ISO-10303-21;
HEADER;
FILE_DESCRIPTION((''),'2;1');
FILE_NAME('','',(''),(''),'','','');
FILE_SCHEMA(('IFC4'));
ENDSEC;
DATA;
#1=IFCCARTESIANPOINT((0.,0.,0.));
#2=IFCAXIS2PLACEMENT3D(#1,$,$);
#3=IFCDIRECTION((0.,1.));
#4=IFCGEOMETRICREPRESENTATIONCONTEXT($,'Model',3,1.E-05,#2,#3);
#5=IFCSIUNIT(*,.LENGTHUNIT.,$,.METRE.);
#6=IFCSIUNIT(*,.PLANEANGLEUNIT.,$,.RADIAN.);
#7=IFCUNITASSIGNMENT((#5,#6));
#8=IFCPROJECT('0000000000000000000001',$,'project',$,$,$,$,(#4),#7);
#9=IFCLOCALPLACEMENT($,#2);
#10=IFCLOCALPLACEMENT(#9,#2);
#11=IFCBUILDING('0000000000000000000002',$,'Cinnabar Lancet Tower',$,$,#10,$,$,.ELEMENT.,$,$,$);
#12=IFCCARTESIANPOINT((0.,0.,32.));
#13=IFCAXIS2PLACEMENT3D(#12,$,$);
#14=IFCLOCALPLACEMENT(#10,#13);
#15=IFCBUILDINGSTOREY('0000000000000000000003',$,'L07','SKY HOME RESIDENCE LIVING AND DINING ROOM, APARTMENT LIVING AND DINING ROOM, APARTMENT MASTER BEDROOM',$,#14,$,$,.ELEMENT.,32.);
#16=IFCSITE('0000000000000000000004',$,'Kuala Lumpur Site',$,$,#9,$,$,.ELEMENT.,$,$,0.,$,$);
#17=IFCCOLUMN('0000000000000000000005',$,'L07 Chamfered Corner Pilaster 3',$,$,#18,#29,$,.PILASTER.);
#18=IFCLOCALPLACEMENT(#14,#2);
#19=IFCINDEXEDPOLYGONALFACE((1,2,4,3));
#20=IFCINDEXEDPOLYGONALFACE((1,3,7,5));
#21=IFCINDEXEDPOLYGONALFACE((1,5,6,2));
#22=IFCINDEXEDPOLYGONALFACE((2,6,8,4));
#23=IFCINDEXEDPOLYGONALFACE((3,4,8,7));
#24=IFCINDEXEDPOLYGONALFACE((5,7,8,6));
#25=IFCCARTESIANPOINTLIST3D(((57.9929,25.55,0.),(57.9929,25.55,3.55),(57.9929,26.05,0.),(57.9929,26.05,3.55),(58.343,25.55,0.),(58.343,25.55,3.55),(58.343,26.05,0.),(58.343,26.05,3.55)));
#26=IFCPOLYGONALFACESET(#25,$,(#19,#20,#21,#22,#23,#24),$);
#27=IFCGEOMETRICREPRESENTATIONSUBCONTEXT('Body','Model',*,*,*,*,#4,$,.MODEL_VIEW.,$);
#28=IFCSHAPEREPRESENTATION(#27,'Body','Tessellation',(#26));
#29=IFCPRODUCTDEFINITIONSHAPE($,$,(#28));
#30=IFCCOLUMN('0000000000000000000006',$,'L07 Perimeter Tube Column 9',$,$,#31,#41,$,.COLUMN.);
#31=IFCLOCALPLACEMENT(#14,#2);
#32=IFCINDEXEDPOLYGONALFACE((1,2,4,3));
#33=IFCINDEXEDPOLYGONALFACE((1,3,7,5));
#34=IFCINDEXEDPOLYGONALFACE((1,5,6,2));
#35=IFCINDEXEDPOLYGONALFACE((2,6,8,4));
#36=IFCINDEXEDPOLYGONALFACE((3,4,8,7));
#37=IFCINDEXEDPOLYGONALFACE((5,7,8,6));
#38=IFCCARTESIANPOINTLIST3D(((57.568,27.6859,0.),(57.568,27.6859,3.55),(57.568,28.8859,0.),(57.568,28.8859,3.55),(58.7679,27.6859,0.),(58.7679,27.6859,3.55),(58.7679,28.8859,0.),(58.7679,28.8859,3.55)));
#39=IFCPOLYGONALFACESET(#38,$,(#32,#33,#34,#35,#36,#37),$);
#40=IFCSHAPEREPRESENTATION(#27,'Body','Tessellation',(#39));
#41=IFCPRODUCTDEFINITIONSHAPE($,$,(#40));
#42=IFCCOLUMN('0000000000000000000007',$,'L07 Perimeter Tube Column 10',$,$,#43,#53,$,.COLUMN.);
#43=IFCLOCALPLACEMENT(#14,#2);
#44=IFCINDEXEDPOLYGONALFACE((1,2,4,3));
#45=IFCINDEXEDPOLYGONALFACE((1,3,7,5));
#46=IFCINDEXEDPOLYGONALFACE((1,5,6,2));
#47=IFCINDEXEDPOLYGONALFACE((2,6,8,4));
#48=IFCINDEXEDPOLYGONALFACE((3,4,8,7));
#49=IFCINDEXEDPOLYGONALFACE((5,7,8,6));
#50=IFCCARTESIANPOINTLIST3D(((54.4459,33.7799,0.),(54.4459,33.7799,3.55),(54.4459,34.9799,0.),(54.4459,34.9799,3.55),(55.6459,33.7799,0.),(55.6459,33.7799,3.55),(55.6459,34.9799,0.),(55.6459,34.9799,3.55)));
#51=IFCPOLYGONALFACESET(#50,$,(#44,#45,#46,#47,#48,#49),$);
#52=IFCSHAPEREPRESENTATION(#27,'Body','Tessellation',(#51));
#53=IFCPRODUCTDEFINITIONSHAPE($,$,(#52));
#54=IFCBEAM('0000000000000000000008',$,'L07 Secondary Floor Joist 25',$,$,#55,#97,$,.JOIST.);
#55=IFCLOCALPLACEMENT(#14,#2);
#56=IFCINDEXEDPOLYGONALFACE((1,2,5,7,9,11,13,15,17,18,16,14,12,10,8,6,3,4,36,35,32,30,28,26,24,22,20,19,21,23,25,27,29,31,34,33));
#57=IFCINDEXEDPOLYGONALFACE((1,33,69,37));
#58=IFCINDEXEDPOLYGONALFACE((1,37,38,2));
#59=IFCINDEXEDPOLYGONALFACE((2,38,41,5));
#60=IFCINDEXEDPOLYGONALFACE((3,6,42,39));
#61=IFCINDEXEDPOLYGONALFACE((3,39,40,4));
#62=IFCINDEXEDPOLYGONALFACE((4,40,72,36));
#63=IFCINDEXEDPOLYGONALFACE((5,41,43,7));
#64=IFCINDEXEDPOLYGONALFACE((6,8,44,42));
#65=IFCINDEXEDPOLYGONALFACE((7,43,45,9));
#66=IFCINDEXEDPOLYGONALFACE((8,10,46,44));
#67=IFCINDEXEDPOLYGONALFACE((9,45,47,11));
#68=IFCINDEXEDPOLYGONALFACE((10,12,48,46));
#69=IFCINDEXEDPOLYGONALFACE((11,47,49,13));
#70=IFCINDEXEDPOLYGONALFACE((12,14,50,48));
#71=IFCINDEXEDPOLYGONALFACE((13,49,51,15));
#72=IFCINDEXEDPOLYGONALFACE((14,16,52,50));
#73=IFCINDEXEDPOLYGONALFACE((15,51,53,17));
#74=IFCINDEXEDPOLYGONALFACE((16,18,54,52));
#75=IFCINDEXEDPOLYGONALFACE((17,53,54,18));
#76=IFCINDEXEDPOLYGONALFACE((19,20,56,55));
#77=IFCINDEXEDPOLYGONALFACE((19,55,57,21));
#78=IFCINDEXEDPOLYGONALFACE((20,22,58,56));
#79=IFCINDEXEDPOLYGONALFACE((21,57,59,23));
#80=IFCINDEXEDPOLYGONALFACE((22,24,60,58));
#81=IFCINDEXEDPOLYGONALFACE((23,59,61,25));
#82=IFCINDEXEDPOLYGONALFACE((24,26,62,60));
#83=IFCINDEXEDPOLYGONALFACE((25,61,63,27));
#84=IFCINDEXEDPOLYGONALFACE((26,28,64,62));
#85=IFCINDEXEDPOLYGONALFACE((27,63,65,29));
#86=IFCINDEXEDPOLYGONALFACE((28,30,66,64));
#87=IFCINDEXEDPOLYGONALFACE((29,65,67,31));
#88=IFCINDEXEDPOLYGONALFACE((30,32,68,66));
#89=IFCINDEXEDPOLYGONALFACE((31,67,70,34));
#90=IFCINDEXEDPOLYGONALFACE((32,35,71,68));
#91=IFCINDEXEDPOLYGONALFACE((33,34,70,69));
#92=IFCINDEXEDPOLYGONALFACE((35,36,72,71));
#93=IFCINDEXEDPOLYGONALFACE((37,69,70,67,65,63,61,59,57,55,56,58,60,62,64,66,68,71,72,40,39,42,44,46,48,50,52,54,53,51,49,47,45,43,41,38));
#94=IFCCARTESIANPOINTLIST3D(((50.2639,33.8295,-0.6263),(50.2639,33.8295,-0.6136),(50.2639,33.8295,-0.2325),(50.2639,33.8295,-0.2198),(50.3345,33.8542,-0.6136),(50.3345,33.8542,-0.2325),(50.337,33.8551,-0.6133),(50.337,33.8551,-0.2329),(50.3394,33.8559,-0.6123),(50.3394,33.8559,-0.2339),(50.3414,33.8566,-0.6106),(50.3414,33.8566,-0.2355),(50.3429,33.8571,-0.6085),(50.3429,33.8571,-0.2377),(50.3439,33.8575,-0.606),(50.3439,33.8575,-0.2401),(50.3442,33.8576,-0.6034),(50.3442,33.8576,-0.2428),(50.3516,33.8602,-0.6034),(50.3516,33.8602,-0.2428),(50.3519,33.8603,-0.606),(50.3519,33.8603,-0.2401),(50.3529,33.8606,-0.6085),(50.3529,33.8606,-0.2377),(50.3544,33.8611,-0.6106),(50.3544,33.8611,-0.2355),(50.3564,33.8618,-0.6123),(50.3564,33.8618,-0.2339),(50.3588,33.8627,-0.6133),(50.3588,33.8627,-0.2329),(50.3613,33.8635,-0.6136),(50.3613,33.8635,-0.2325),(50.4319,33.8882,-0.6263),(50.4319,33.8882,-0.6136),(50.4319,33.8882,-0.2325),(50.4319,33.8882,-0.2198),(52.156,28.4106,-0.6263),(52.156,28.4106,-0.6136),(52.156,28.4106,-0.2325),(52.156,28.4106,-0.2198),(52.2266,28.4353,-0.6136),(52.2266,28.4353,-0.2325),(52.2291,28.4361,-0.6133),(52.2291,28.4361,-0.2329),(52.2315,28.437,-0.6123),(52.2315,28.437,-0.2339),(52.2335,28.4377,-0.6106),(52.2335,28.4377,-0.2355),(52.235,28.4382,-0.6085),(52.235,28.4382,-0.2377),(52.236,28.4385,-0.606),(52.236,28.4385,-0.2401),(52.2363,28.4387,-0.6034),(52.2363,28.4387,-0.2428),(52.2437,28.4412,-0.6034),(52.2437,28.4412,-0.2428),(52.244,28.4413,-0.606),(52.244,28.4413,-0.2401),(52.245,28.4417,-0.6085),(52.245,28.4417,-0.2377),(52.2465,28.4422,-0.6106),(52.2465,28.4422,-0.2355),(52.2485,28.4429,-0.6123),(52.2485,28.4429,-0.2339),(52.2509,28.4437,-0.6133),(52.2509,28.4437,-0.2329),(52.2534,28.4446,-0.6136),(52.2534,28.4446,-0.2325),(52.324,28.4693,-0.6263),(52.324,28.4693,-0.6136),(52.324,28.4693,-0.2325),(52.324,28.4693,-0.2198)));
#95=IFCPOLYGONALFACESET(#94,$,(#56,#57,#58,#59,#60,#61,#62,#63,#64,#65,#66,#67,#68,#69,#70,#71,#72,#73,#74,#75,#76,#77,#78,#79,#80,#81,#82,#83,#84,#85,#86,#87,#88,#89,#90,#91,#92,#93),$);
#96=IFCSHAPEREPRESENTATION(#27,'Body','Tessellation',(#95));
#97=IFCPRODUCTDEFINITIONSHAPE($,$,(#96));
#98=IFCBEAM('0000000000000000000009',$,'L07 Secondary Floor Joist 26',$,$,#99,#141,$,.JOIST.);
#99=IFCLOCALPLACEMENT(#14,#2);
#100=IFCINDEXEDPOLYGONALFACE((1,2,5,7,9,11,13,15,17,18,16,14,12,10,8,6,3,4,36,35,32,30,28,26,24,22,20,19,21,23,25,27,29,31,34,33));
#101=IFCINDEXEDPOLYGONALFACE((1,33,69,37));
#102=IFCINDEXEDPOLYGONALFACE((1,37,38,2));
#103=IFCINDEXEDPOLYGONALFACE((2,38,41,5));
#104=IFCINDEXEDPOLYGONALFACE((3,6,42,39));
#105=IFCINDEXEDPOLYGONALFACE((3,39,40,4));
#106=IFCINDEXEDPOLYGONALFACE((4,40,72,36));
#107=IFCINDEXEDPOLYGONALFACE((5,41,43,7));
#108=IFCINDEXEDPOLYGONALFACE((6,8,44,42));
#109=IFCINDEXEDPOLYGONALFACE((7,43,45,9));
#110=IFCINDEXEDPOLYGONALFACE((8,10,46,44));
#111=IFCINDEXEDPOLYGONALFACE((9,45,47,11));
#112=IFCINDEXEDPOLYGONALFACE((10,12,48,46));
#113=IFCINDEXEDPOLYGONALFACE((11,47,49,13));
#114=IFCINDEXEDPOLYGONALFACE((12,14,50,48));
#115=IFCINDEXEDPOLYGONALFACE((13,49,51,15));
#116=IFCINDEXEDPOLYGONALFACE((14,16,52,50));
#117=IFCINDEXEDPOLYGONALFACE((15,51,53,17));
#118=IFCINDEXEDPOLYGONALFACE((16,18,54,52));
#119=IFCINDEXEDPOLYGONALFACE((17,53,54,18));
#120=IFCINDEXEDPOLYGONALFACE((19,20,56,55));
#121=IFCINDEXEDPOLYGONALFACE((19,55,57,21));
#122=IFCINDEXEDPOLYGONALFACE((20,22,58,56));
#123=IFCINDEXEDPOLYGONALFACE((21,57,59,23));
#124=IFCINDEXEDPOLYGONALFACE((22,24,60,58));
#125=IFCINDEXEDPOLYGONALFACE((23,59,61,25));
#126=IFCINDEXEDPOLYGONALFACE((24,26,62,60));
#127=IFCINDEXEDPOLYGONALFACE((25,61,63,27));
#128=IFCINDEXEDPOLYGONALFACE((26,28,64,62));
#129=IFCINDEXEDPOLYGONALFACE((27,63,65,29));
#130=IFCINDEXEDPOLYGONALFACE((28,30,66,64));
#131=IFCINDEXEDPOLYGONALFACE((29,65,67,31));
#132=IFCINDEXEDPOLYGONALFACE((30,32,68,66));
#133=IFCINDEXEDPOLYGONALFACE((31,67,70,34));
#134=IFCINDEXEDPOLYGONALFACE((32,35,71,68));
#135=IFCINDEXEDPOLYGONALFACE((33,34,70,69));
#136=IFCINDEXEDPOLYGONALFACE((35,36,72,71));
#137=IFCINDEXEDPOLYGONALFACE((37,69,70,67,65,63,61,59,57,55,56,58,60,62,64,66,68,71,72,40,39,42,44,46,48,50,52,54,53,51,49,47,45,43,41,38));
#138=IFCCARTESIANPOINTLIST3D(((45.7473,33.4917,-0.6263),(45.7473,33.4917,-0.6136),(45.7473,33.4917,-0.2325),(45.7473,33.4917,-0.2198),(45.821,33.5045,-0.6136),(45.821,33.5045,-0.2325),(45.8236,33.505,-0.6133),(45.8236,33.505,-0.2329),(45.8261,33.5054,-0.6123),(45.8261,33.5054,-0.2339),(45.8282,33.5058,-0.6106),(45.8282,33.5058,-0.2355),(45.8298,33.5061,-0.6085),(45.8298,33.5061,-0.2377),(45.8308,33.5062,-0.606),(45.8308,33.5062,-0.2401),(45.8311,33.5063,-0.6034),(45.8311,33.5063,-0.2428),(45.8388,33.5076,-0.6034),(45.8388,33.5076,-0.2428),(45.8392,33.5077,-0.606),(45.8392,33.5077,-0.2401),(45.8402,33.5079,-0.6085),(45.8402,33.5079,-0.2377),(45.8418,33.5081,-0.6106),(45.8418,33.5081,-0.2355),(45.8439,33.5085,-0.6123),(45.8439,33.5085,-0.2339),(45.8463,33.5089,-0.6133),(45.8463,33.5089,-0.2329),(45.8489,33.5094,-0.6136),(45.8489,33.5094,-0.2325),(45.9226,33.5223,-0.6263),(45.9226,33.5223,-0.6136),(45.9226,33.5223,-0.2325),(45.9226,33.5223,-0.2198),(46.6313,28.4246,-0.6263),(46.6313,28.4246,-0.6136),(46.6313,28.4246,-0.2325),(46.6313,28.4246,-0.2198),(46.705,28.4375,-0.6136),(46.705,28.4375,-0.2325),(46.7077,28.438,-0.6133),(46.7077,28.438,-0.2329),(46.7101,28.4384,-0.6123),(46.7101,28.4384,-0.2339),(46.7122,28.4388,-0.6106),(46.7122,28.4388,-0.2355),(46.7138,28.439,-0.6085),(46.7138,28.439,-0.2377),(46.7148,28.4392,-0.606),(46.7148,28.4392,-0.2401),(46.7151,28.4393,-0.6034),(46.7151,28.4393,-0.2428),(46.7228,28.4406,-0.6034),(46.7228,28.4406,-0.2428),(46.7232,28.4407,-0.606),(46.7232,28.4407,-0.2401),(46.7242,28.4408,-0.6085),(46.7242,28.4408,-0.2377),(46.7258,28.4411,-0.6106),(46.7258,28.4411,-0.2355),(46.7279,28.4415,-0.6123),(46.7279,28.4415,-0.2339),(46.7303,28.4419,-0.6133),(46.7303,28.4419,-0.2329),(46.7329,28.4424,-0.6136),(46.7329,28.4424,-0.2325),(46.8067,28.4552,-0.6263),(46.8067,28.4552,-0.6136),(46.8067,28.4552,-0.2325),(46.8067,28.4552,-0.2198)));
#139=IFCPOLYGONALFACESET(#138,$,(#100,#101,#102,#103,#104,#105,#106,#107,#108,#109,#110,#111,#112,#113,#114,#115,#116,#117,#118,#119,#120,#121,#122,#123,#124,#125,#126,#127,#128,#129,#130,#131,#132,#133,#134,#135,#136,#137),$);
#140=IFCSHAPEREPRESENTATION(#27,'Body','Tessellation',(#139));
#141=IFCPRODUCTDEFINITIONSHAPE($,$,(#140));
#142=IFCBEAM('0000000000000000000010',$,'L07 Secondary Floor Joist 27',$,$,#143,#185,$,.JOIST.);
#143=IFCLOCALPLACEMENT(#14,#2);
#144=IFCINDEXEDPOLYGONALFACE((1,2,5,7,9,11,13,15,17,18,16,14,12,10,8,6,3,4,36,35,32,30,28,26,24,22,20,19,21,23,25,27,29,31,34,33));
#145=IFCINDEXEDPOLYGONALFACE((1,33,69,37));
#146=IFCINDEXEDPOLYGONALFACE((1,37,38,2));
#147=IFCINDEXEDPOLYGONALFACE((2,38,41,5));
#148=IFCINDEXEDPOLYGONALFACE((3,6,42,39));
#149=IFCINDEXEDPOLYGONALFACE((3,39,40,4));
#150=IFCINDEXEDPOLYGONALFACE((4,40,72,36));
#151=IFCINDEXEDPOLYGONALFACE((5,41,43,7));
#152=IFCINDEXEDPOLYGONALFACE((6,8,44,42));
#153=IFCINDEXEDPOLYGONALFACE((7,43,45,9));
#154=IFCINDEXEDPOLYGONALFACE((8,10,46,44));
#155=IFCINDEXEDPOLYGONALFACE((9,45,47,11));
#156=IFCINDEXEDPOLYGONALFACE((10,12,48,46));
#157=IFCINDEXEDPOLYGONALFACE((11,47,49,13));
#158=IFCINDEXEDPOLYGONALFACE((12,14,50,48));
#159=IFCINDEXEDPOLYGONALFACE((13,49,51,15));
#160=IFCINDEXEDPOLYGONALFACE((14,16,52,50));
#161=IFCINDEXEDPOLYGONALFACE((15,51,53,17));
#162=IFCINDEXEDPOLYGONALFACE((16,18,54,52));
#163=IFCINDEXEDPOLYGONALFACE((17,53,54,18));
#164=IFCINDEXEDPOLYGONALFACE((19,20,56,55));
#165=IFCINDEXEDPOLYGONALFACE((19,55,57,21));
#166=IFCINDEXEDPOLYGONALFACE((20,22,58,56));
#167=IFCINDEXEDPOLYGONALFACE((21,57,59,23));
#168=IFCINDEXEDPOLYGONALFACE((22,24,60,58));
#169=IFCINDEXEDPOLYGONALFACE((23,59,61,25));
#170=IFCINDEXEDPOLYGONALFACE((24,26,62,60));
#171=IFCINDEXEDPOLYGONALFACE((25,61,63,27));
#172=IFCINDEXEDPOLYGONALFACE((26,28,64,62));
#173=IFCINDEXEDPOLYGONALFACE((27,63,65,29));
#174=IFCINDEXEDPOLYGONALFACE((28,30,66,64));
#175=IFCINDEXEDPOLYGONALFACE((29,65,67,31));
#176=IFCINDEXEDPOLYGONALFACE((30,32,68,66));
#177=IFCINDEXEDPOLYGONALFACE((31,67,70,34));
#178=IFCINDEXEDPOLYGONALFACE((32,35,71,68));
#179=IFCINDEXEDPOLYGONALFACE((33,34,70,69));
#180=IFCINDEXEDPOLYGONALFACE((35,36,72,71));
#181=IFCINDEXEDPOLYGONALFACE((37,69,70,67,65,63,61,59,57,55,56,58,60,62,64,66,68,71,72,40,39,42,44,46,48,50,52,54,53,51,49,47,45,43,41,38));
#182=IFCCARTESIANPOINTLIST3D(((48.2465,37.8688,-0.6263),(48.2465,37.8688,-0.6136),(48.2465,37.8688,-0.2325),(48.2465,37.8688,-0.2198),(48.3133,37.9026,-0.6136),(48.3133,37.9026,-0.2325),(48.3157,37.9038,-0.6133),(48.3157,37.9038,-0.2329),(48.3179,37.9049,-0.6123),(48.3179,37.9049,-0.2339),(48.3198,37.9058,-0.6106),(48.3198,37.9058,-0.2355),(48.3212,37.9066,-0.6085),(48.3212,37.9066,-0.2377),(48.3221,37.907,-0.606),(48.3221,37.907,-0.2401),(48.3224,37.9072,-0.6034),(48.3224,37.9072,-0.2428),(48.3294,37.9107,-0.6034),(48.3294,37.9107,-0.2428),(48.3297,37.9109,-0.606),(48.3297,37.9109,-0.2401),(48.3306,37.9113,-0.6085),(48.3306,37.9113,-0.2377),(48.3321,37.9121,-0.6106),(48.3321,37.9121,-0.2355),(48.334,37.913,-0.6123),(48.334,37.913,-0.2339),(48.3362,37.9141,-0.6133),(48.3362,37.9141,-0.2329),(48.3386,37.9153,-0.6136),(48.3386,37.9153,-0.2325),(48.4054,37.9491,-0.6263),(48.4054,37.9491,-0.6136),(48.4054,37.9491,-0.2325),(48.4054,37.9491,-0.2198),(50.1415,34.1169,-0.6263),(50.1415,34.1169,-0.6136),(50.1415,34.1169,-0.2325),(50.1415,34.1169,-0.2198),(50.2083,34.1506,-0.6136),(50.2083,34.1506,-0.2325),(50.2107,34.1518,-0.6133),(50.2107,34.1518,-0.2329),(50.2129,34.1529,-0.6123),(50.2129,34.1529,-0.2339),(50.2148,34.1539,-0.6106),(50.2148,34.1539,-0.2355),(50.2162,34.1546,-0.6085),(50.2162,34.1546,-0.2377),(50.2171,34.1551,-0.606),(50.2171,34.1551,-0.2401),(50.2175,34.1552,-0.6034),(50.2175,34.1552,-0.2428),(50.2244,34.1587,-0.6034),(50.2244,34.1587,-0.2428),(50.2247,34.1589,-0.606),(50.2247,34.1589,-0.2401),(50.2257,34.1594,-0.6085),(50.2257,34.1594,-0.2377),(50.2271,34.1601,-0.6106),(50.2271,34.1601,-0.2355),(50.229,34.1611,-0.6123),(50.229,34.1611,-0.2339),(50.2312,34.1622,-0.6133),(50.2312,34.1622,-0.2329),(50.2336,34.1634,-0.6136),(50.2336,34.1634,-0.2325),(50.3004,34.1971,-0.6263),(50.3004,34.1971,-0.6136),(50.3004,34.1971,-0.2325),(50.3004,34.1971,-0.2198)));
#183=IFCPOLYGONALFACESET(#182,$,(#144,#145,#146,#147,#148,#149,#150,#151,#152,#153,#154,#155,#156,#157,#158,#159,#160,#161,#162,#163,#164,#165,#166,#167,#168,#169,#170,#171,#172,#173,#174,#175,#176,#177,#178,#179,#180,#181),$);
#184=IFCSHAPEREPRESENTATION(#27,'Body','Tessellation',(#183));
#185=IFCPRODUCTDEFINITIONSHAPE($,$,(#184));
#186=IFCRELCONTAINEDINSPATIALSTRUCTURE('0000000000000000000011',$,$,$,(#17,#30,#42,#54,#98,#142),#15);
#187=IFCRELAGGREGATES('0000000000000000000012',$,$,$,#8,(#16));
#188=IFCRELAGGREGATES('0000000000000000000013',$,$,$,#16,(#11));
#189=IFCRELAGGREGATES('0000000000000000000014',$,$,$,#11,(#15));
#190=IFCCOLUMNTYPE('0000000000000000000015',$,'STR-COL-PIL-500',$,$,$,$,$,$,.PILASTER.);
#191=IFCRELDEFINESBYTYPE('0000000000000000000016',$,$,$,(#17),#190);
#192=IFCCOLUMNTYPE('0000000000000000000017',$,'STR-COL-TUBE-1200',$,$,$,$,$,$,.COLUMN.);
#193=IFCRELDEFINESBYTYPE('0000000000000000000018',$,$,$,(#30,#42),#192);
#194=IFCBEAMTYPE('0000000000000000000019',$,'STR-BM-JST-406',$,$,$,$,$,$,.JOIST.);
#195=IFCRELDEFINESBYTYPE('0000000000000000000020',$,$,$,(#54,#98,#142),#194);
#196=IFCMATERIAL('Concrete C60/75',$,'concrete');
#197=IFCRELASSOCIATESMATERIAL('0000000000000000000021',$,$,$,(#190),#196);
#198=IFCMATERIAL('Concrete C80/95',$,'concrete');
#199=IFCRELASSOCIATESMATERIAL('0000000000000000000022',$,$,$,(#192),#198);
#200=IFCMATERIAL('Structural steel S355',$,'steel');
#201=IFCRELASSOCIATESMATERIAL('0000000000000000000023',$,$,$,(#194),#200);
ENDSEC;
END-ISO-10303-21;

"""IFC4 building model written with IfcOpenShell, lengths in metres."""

from ifc_helpers import new_model, si_unit, direction, frame, origin, origin_2d, place, context, subcontext, project, spatial, rectangle, i_section, extrude, material, material_profile, profile_set, type_object, element, save


model = new_model("IFC4")

# Units and contexts
model_context = context("Model", 3, precision=1e-05, world=origin(), true_north=direction((0.0, 1.0)))
body_context = subcontext(model_context, "Body", "Model", "MODEL_VIEW")
ifc_project = project(units=[si_unit("LENGTHUNIT", "METRE"), si_unit("PLANEANGLEUNIT", "RADIAN")], contexts=[model_context])

# Site, building, storey
site_placement = place(None, origin())
site = spatial("IfcSite", under=ifc_project, at=site_placement, Name="Kuala Lumpur Site", CompositionType="ELEMENT", RefElevation=0.0)
building_placement = place(site_placement, origin())
building = spatial("IfcBuilding", under=site, at=building_placement, Name="Cinnabar Lancet Tower", CompositionType="ELEMENT")
storey_placement = place(building_placement, frame((0.0, 0.0, 32.0)))
storey = spatial("IfcBuildingStorey", under=building, at=storey_placement, Name="L07", Description="SKY HOME RESIDENCE LIVING AND DINING ROOM, APARTMENT LIVING AND DINING ROOM, APARTMENT MASTER BEDROOM", CompositionType="ELEMENT", Elevation=32.0)

# Columns
ifc_material_1 = material(Name="Concrete C60/75", Category="concrete")
ifc_material_profile_1 = material_profile(ifc_material_1, rectangle(XDim=0.5, YDim=0.3501, at=origin_2d()), Name="RC-PIL 500x350")
ifc_profile_set_1 = profile_set([ifc_material_profile_1], Name="Concrete C60/75")
column_type_1 = type_object("IfcColumnType", Name="STR-COL-PIL-500", PredefinedType="PILASTER", material=ifc_profile_set_1)
column_placement = place(storey_placement, frame((58.168, 25.8, 0.0), z_axis=(0.0, 0.0, 1.0), x_axis=(0.0, 1.0, 0.0)))
element("IfcColumn", 1, at=column_placement, inside=storey, type_object=column_type_1, Name="L07 Chamfered Corner Pilaster 3", PredefinedType="PILASTER", context=body_context, shape_type="SweptSolid", body=[
    extrude(rectangle(XDim=0.5, YDim=0.3501, at=origin_2d()), origin(), (0.0, 0.0, 1.0), 3.55),
])
ifc_material_2 = material(Name="Concrete C80/95", Category="concrete")
ifc_material_profile_2 = material_profile(ifc_material_2, rectangle(XDim=1.2, YDim=1.2, at=origin_2d()), Name="RC-COL 1200x1200")
ifc_profile_set_2 = profile_set([ifc_material_profile_2], Name="Concrete C80/95")
column_type_2 = type_object("IfcColumnType", Name="STR-COL-TUBE-1200", PredefinedType="COLUMN", material=ifc_profile_set_2)
for number, where, z_axis, x_axis, name in (
    (2, (58.168, 28.2859, 0.0), (0.0, 0.0, 1.0), (1.0, 0.0, 0.0), "L07 Perimeter Tube Column 9"),
    (3, (55.0459, 34.3799, 0.0), (0.0, 0.0, 1.0), (1.0, 0.0, 0.0), "L07 Perimeter Tube Column 10"),
):
    element("IfcColumn", number, at=place(storey_placement, frame(where, z_axis=z_axis, x_axis=x_axis)), inside=storey, type_object=column_type_2, Name=name, PredefinedType="COLUMN", context=body_context, shape_type="SweptSolid", body=[
        extrude(rectangle(XDim=1.2, YDim=1.2, at=origin_2d()), origin(), (0.0, 0.0, 1.0), 3.55),
    ])

# Beams
ifc_material_3 = material(Name="Structural steel S355", Category="steel")
ifc_material_profile_3 = material_profile(ifc_material_3, i_section(OverallWidth=0.178, OverallDepth=0.4065, WebThickness=0.0078, FlangeThickness=0.0127, FilletRadius=0.0103, at=origin_2d()), Name="UKB 406x178x60")
ifc_profile_set_3 = profile_set([ifc_material_profile_3], Name="Structural steel S355")
beam_type_1 = type_object("IfcBeamType", Name="STR-BM-JST-406", PredefinedType="JOIST", material=ifc_profile_set_3)
beam_1_placement = place(storey_placement, frame((52.24, 28.4399, -0.4231), z_axis=(-0.329646, 0.944105, 0.0), x_axis=(-0.944105, -0.329646, 0.0)))
element("IfcBeam", 4, at=beam_1_placement, inside=storey, type_object=beam_type_1, Name="L07 Secondary Floor Joist 25", PredefinedType="JOIST", context=body_context, shape_type="SweptSolid", body=[
    extrude(i_section(OverallWidth=0.178, OverallDepth=0.4065, WebThickness=0.0078, FlangeThickness=0.0127, FilletRadius=0.0103, at=origin_2d()), origin(), (0.0, 0.0, 1.0), 5.7397),
])
beam_2_placement = place(storey_placement, frame((46.719, 28.4399, -0.4231), z_axis=(-0.171868, 0.98512, 0.0), x_axis=(-0.98512, -0.171868, 0.0)))
element("IfcBeam", 5, at=beam_2_placement, inside=storey, type_object=beam_type_1, Name="L07 Secondary Floor Joist 26", PredefinedType="JOIST", context=body_context, shape_type="SweptSolid", body=[
    extrude(i_section(OverallWidth=0.178, OverallDepth=0.4065, WebThickness=0.0078, FlangeThickness=0.0127, FilletRadius=0.0103, at=origin_2d()), origin(), (0.0, 0.0, 1.0), 5.1436),
])
beam_3_placement = place(storey_placement, frame((50.2209, 34.157, -0.4231), z_axis=(-0.450834, 0.892608, 0.0), x_axis=(-0.892608, -0.450834, 0.0)))
element("IfcBeam", 6, at=beam_3_placement, inside=storey, type_object=beam_type_1, Name="L07 Secondary Floor Joist 27", PredefinedType="JOIST", context=body_context, shape_type="SweptSolid", body=[
    extrude(i_section(OverallWidth=0.178, OverallDepth=0.4065, WebThickness=0.0078, FlangeThickness=0.0127, FilletRadius=0.0103, at=origin_2d()), origin(), (0.0, 0.0, 1.0), 4.2034),
])

save(model, "model.ifc")
